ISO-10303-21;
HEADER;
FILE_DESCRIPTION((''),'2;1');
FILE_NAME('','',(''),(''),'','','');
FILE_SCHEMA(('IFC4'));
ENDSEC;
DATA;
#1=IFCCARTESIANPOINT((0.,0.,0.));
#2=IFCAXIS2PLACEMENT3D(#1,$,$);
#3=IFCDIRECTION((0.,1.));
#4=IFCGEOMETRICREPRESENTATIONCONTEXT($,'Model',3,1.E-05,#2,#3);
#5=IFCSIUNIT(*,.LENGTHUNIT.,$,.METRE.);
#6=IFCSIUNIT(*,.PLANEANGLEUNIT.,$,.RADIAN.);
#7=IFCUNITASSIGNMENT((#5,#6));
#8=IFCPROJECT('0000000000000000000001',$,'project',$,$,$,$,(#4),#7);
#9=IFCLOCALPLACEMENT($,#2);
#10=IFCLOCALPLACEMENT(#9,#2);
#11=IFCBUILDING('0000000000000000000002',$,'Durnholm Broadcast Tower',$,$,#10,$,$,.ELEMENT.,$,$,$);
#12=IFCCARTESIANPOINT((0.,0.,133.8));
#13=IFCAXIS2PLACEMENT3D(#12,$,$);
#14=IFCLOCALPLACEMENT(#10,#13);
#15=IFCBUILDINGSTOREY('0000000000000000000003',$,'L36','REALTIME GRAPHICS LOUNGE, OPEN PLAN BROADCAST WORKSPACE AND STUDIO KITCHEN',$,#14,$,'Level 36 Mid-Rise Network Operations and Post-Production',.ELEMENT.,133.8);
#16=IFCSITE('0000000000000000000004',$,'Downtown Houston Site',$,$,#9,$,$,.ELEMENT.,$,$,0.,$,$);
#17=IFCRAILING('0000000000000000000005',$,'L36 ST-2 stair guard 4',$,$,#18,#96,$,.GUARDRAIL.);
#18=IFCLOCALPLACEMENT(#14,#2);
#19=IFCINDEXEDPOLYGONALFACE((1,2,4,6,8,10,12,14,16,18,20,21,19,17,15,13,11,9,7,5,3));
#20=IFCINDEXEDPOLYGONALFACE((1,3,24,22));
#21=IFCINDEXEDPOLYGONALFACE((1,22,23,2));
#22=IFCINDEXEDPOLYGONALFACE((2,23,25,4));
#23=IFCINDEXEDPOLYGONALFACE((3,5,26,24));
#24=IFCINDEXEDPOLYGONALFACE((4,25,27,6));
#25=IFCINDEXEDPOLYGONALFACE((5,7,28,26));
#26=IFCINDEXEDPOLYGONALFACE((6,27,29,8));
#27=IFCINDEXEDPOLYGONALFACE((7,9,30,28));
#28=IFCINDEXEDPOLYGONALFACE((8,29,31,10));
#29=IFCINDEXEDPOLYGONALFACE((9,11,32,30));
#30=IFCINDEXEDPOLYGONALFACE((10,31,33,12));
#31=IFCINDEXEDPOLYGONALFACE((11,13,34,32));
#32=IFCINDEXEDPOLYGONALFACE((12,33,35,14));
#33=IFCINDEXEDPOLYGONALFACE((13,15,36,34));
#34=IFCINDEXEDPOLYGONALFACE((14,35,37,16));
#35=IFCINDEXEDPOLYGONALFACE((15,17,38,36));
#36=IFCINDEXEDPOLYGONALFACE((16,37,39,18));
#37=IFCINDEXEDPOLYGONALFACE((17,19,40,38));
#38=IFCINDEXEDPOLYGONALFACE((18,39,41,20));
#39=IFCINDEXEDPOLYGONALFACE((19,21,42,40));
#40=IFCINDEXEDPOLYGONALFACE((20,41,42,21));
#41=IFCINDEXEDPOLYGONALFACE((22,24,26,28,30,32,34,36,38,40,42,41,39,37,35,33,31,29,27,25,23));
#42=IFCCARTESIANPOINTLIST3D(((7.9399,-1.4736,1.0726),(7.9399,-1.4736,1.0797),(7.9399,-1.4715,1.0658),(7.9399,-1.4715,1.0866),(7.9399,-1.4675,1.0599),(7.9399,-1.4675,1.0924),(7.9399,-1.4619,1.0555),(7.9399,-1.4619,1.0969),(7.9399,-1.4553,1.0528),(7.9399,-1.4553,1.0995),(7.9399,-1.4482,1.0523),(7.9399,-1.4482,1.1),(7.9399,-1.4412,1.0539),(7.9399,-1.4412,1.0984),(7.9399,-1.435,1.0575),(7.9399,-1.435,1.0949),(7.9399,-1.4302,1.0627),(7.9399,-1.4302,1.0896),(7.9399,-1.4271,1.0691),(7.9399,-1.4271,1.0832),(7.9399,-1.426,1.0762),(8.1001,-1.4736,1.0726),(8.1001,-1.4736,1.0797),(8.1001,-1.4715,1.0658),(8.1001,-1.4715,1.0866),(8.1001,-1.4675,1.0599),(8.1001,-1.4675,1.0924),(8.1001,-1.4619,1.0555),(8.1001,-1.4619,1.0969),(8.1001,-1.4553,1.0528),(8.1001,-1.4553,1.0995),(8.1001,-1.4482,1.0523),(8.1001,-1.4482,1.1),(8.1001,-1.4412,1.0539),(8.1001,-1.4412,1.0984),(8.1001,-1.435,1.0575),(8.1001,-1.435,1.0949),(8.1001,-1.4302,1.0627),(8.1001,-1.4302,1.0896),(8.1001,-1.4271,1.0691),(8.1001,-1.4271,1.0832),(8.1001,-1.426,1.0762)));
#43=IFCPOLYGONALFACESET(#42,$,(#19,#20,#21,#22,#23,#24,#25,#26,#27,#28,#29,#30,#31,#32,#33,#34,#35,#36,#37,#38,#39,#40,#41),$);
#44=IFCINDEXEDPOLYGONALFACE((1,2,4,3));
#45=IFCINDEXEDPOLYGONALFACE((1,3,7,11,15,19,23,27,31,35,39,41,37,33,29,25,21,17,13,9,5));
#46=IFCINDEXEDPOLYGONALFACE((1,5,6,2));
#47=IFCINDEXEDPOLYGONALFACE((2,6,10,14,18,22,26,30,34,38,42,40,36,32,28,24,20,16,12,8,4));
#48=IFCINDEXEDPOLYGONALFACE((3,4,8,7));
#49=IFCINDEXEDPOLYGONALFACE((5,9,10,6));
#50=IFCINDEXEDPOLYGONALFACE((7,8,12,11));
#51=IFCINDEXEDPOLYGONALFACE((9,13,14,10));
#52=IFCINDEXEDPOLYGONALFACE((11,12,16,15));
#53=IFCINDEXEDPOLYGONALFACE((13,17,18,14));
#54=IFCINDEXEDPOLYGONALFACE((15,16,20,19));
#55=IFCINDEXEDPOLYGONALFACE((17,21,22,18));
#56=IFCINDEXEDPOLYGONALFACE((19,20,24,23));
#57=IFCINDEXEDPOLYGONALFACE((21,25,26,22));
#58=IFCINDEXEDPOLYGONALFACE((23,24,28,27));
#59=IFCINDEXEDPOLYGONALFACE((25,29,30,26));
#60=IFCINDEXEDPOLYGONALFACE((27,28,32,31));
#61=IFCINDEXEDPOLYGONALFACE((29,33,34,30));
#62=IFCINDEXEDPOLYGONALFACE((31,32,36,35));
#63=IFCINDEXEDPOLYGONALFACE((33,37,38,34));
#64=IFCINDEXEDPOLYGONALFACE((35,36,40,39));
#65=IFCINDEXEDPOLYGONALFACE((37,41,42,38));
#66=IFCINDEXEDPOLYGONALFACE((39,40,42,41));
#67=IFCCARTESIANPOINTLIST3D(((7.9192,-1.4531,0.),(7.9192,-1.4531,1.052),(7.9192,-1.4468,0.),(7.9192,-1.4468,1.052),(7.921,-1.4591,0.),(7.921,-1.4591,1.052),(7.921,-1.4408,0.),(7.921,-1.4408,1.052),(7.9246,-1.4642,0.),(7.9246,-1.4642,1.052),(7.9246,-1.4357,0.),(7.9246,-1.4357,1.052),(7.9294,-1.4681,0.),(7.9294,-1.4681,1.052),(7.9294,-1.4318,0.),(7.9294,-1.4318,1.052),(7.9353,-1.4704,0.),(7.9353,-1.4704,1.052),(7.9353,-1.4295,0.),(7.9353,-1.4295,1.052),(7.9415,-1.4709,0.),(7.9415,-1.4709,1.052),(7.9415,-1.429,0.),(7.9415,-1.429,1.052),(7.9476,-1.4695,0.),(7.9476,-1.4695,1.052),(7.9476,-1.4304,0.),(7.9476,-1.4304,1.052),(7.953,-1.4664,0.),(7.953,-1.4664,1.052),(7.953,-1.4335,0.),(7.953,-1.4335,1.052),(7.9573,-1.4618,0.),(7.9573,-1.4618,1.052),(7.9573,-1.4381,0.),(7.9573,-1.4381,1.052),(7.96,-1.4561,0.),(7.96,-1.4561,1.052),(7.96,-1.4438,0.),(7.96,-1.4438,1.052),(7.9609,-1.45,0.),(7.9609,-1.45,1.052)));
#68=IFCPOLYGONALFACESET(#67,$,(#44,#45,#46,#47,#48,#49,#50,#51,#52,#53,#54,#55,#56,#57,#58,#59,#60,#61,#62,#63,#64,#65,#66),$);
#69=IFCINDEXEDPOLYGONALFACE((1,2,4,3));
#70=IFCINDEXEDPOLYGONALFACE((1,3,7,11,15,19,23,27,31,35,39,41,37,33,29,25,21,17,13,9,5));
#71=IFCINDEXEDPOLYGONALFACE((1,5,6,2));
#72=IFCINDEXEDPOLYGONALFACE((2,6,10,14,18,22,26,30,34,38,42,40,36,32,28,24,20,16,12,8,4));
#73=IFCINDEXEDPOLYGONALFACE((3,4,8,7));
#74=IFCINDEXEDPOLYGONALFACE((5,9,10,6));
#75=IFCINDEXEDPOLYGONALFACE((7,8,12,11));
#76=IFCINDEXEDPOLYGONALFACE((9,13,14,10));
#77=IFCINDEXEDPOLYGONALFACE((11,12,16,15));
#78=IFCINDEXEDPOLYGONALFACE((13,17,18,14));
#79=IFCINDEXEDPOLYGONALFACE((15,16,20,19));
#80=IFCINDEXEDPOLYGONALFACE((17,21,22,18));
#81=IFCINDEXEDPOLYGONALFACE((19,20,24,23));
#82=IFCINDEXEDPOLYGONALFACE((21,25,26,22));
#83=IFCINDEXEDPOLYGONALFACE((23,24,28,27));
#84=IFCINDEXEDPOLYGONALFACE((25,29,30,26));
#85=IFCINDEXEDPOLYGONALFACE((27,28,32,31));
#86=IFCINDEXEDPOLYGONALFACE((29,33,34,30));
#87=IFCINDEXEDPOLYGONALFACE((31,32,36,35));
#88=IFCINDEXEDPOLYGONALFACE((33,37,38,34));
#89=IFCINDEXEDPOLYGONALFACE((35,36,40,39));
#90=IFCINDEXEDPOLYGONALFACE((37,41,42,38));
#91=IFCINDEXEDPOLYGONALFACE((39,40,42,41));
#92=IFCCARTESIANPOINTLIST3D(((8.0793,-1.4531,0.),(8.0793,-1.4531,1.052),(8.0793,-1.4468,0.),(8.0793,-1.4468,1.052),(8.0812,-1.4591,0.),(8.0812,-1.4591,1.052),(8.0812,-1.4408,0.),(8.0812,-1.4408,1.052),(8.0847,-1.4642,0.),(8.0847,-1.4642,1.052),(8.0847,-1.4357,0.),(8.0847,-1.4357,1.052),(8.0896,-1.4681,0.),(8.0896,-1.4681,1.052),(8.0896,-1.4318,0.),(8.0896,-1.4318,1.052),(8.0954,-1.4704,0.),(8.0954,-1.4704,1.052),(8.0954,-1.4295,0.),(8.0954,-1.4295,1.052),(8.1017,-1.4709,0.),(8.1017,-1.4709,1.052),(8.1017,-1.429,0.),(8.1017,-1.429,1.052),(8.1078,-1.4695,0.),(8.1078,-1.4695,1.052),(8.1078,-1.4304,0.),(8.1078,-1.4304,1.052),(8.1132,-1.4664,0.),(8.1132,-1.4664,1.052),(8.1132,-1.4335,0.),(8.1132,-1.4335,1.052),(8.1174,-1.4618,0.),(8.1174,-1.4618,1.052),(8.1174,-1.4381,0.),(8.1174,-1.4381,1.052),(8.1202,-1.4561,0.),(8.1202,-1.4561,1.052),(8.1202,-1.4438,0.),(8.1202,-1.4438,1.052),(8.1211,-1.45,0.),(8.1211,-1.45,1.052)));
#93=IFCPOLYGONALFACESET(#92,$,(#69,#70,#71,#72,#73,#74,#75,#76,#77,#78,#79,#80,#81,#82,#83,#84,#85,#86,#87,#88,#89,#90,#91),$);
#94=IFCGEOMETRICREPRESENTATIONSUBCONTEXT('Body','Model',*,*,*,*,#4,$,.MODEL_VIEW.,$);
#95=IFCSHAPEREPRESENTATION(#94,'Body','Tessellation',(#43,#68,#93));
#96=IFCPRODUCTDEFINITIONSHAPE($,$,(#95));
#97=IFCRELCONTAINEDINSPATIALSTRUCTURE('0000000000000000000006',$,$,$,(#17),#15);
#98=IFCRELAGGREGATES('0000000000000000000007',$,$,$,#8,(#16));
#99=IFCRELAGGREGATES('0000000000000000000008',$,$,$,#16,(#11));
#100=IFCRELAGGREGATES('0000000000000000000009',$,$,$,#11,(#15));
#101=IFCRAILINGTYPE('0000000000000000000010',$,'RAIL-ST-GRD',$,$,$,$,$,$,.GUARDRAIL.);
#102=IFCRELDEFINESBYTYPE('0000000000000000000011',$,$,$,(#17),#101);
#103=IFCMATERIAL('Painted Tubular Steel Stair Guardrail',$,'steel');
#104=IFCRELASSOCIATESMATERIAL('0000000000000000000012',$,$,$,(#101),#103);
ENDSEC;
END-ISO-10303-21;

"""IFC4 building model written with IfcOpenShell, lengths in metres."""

from ifc_helpers import new_model, si_unit, direction, frame, origin, origin_2d, place, context, subcontext, project, spatial, circle, extrude, material, type_object, element, save


model = new_model("IFC4")

# Units and contexts
model_context = context("Model", 3, precision=1e-05, world=origin(), true_north=direction((0.0, 1.0)))
body_context = subcontext(model_context, "Body", "Model", "MODEL_VIEW")
ifc_project = project(units=[si_unit("LENGTHUNIT", "METRE"), si_unit("PLANEANGLEUNIT", "RADIAN")], contexts=[model_context])

# Site, building, storey
site_placement = place(None, origin())
site = spatial("IfcSite", under=ifc_project, at=site_placement, Name="Downtown Houston Site", CompositionType="ELEMENT", RefElevation=0.0)
building_placement = place(site_placement, origin())
building = spatial("IfcBuilding", under=site, at=building_placement, Name="Durnholm Broadcast Tower", CompositionType="ELEMENT")
storey_placement = place(building_placement, frame((0.0, 0.0, 133.8)))
storey = spatial("IfcBuildingStorey", under=building, at=storey_placement, Name="L36", Description="REALTIME GRAPHICS LOUNGE, OPEN PLAN BROADCAST WORKSPACE AND STUDIO KITCHEN", LongName="Level 36 Mid-Rise Network Operations and Post-Production", CompositionType="ELEMENT", Elevation=133.8)

# Railing
ifc_material_1 = material(Name="Painted Tubular Steel Stair Guardrail", Category="steel")
railing_type_1 = type_object("IfcRailingType", Name="RAIL-ST-GRD", PredefinedType="GUARDRAIL", material=ifc_material_1)
railing_1_placement = place(storey_placement, frame((7.9399, -1.45, 0.0)))
element("IfcRailing", 1, at=railing_1_placement, inside=storey, type_object=railing_type_1, Name="L36 ST-2 stair guard 4", PredefinedType="GUARDRAIL", context=body_context, shape_type="SweptSolid", body=[
    extrude(circle(Radius=0.0239, at=origin_2d()), frame((0.0, 0.0, 1.0762), z_axis=(1.0, 0.0, 0.0), x_axis=(0.0, 1.0, 0.0)), (0.0, 0.0, 1.0), 0.1602),
    extrude(circle(Radius=0.021, at=origin_2d()), origin(), (0.0, 0.0, 1.0), 1.052),
    extrude(circle(Radius=0.021, at=origin_2d()), frame((0.1602, 0.0, 0.0)), (0.0, 0.0, 1.0), 1.052),
])

save(model, "model.ifc")
